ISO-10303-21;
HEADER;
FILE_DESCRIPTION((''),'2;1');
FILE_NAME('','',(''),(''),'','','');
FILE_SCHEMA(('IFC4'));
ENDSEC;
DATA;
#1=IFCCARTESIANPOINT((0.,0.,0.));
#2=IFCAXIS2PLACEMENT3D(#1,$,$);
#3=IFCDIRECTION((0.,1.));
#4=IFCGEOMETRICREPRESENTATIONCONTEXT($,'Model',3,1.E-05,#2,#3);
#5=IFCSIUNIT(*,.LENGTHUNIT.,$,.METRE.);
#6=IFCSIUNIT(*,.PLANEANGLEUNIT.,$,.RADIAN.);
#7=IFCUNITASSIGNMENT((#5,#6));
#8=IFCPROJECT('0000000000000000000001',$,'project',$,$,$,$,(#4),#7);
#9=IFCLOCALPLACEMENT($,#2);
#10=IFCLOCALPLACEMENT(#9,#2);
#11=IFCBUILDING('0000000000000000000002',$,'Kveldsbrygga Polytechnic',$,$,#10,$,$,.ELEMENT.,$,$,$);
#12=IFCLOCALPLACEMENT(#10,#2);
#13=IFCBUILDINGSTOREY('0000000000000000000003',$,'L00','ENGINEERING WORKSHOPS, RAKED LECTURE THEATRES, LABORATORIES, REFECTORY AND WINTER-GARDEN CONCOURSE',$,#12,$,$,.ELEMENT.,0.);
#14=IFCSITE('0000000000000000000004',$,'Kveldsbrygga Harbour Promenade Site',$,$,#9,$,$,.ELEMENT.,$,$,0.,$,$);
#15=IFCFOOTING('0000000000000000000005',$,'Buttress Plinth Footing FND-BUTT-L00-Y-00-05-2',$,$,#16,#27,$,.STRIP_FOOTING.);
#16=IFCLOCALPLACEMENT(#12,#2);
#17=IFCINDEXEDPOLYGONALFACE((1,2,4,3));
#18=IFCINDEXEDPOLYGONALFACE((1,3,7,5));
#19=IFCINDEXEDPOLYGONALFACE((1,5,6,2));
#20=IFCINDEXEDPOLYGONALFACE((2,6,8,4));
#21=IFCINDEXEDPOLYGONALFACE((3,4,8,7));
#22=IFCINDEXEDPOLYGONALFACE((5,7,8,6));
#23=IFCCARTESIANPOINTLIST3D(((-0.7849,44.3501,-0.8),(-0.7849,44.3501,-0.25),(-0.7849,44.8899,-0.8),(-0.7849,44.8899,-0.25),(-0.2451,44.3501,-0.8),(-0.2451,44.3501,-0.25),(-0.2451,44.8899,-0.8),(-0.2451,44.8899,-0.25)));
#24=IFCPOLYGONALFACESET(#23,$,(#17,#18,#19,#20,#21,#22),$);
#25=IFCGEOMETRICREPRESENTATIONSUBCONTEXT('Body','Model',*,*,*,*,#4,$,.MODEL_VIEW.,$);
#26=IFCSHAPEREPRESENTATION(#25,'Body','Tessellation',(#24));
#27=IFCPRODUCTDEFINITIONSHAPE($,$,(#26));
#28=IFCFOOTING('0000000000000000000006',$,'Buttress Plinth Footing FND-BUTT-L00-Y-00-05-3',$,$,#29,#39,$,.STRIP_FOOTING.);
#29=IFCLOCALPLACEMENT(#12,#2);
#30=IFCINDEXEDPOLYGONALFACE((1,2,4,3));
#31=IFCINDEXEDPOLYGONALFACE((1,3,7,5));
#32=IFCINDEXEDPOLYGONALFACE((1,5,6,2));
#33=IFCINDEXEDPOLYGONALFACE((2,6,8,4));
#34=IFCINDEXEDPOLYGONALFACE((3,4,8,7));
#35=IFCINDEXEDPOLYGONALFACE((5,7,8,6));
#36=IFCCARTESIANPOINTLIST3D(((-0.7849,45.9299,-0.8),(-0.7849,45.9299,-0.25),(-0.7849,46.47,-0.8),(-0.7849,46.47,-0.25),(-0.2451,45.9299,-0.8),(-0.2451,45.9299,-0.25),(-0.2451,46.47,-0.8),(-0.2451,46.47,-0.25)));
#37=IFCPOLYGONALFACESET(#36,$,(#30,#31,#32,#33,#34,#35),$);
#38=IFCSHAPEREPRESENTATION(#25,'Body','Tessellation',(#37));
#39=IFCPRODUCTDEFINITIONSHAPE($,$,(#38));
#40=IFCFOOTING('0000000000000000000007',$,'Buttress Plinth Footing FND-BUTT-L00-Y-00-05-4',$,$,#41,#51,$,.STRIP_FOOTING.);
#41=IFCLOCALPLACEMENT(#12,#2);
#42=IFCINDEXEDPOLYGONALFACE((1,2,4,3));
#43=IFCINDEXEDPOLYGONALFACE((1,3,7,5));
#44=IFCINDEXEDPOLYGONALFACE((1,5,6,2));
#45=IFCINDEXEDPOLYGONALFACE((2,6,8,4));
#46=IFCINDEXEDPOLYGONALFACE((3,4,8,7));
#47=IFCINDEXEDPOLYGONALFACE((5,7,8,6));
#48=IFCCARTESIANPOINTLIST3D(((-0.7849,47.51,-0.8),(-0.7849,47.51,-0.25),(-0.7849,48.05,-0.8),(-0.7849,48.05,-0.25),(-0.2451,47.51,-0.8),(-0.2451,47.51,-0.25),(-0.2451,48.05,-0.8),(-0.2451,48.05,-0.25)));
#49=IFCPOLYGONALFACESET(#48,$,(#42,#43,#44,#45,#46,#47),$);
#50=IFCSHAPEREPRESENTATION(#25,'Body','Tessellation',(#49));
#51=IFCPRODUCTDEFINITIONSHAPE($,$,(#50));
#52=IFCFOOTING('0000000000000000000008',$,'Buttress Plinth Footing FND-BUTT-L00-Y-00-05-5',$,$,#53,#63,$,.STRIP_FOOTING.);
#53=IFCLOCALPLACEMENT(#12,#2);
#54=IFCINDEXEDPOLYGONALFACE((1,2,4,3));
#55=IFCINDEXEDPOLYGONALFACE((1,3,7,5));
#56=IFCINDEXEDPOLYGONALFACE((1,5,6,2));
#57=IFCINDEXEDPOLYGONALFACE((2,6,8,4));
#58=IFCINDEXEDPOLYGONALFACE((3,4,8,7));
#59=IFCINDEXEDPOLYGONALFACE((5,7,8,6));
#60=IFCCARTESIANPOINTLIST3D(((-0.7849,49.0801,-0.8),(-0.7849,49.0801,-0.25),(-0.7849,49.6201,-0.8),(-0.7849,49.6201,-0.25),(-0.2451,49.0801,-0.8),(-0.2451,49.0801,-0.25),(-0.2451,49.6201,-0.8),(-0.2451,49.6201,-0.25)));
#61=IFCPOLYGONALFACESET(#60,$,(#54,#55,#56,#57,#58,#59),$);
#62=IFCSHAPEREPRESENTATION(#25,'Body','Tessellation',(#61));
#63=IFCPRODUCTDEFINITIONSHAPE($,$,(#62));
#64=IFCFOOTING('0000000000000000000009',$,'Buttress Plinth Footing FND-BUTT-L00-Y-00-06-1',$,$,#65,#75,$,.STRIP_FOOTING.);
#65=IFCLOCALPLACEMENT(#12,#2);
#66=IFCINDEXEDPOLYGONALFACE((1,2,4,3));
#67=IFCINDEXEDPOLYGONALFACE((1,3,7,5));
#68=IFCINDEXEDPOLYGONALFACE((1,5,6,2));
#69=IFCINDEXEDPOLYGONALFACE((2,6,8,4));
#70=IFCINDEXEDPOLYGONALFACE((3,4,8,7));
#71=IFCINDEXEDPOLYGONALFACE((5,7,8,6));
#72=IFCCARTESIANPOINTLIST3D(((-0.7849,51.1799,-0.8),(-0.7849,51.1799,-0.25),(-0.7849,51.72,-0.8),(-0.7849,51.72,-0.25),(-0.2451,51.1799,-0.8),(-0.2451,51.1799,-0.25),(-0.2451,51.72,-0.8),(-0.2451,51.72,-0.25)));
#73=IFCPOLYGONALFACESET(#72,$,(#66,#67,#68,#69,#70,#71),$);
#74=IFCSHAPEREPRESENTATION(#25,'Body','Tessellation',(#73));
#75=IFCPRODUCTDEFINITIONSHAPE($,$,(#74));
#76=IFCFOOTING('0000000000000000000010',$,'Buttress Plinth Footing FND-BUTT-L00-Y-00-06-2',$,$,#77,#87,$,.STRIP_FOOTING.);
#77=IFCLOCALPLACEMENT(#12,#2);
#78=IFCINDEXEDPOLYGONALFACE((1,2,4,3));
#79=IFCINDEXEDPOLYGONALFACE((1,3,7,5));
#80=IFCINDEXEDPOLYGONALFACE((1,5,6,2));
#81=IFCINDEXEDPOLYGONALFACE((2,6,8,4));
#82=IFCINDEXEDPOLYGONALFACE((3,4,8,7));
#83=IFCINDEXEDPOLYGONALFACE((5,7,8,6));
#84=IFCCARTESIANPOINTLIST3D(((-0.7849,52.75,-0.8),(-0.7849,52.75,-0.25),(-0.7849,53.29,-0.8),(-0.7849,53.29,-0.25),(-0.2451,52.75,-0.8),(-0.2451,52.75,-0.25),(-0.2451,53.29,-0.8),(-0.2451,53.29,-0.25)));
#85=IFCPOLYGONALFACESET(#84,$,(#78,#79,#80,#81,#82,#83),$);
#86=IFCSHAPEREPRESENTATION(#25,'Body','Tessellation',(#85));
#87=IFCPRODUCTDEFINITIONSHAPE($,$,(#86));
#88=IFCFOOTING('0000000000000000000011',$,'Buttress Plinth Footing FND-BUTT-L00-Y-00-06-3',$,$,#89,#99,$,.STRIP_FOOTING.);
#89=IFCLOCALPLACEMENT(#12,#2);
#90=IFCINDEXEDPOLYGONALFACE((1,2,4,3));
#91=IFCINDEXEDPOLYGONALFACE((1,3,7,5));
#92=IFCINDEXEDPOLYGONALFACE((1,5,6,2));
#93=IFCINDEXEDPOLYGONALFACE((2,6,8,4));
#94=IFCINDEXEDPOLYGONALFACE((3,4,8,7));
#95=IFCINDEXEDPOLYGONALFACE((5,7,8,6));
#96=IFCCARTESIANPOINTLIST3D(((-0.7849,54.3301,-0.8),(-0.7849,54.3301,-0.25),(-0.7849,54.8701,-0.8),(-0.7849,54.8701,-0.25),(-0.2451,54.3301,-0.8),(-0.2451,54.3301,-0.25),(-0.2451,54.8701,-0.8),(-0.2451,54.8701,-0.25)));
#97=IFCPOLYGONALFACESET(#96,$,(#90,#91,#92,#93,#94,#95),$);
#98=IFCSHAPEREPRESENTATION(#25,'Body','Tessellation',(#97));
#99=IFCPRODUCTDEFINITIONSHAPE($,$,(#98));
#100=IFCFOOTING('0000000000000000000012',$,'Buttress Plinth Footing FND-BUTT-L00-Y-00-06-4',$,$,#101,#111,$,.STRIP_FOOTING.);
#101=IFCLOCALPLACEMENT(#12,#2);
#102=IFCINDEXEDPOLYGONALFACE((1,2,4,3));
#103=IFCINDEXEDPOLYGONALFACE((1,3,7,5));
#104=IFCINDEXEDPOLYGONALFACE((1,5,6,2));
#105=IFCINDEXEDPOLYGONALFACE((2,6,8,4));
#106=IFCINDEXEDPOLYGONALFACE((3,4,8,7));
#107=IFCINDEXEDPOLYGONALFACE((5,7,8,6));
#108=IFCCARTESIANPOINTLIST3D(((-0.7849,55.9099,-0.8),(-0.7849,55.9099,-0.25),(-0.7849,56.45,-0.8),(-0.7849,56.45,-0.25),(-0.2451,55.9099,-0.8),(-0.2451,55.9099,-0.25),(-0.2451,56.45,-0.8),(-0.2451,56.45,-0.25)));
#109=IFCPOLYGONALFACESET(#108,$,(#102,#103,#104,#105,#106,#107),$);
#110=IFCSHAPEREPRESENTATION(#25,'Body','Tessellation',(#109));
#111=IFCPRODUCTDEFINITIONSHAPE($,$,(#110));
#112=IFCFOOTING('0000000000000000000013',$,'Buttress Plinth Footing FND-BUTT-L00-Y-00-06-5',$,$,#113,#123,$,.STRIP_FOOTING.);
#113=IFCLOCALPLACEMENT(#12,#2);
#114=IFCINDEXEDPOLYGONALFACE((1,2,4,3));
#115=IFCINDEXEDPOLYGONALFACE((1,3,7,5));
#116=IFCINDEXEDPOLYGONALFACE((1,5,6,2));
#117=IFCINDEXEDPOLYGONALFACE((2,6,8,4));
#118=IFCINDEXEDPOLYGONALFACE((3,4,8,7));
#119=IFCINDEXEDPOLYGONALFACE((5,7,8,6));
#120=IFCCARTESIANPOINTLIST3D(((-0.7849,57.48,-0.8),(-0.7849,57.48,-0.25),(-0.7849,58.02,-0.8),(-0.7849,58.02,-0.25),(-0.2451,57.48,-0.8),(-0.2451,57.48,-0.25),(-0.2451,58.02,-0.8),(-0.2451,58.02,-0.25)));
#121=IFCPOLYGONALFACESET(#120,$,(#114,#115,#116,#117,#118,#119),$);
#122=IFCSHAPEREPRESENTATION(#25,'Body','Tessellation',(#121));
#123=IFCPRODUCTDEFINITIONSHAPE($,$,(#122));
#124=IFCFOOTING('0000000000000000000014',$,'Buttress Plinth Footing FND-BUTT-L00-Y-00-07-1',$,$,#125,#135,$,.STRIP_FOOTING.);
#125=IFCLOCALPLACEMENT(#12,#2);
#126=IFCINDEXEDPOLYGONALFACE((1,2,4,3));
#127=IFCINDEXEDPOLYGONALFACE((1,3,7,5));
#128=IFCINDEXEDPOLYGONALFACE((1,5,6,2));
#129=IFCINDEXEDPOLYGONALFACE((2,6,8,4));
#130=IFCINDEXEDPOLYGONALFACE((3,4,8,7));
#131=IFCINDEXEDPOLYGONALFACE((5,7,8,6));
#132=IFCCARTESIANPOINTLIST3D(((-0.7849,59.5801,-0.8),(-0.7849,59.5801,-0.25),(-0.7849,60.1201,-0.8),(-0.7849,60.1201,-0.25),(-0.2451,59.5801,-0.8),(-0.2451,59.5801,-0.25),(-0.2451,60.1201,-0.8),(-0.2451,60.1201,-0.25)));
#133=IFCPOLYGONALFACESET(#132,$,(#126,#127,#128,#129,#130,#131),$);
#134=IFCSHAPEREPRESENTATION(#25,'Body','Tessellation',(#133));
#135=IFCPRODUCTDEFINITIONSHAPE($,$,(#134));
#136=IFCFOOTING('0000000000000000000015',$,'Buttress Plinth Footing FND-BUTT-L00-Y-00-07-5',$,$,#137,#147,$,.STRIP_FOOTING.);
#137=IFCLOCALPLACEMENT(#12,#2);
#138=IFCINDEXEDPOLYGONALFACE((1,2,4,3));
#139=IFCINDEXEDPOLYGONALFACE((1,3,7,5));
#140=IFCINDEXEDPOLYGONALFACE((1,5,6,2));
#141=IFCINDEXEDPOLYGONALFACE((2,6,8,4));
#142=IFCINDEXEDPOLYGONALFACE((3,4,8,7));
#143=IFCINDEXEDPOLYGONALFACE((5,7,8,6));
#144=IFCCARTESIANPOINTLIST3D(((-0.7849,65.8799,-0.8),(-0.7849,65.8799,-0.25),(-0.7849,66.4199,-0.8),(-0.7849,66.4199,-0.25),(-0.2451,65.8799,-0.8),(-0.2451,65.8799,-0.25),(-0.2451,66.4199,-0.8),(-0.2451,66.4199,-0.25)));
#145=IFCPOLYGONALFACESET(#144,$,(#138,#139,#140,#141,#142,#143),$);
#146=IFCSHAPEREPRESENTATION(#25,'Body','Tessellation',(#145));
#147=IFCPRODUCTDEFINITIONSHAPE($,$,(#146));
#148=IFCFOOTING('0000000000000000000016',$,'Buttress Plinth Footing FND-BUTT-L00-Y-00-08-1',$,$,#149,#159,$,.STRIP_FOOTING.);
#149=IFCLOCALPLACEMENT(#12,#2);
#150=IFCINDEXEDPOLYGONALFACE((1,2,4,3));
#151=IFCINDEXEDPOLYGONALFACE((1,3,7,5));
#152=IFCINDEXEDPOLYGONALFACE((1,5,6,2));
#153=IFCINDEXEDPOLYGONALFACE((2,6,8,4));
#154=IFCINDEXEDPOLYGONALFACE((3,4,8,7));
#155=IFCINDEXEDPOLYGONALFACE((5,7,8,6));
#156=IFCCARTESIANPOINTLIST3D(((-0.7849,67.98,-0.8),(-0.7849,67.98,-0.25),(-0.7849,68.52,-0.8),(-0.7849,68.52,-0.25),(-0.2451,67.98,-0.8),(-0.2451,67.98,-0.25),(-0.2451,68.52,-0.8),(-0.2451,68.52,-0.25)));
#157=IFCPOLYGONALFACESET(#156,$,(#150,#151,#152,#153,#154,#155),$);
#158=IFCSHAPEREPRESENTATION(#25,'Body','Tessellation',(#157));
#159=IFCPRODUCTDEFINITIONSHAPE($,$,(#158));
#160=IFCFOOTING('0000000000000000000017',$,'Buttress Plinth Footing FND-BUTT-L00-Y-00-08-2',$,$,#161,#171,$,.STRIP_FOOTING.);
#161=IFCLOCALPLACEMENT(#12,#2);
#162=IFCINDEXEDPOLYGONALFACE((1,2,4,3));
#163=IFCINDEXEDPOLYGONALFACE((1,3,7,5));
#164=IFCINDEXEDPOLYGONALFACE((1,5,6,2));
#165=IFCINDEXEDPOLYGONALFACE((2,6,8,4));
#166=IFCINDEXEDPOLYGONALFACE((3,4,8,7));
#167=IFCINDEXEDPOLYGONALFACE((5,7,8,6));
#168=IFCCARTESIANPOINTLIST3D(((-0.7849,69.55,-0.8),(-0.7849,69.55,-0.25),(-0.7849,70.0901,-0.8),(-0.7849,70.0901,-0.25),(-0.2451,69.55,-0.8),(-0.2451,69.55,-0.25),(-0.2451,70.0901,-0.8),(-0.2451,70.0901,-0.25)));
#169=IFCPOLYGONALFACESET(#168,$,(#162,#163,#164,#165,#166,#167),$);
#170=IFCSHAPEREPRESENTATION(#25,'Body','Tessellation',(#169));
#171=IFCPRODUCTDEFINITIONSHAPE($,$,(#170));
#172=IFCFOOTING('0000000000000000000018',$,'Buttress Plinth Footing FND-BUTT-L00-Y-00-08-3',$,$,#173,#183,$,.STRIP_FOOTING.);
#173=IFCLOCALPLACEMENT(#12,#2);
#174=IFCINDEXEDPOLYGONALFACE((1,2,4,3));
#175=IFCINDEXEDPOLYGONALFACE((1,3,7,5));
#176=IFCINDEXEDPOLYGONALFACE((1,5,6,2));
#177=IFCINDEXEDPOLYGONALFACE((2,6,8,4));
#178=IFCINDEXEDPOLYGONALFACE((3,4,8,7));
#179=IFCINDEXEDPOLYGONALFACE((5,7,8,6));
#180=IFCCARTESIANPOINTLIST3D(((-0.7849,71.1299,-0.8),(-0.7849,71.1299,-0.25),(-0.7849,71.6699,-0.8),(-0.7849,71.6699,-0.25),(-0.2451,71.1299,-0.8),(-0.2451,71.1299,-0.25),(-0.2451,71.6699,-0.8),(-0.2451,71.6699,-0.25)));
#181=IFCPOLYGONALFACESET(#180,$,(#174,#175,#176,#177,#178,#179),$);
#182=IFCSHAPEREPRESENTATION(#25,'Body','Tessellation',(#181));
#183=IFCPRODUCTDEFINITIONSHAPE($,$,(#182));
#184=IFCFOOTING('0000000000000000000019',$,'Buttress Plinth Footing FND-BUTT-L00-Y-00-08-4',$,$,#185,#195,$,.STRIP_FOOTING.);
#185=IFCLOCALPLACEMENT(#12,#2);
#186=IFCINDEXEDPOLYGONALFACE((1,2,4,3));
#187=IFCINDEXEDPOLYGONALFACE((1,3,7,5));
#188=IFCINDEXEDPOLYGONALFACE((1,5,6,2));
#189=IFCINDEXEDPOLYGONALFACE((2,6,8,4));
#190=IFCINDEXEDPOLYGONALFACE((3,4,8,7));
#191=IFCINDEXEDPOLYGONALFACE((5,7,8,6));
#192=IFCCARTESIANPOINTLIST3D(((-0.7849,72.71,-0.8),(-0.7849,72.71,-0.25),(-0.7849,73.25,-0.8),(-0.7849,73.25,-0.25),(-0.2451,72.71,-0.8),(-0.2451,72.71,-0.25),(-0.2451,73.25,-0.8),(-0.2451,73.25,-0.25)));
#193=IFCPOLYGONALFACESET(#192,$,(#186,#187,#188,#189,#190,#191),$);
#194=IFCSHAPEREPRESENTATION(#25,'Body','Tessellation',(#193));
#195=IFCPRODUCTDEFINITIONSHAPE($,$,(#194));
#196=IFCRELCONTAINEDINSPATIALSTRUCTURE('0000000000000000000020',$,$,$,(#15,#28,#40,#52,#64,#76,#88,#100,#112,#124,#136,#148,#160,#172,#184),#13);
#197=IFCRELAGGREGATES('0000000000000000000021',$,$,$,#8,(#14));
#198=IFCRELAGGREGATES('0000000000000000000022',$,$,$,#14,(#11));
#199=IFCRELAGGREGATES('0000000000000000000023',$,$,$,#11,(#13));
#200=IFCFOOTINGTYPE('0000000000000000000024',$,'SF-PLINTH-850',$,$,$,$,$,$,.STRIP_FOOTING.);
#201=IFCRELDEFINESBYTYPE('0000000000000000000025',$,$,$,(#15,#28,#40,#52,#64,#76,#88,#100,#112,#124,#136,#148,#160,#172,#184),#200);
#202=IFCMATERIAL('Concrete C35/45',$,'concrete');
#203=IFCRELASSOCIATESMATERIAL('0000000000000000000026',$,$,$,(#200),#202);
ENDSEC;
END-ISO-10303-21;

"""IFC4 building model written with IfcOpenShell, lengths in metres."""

from ifc_helpers import new_model, si_unit, direction, frame, origin, place, context, subcontext, project, spatial, polyline, outline, extrude, material, type_object, element, save


model = new_model("IFC4")

# Units and contexts
model_context = context("Model", 3, precision=1e-05, world=origin(), true_north=direction((0.0, 1.0)))
body_context = subcontext(model_context, "Body", "Model", "MODEL_VIEW")
ifc_project = project(units=[si_unit("LENGTHUNIT", "METRE"), si_unit("PLANEANGLEUNIT", "RADIAN")], contexts=[model_context])

# Site, building, storey
site_placement = place(None, origin())
site = spatial("IfcSite", under=ifc_project, at=site_placement, Name="Kveldsbrygga Harbour Promenade Site", CompositionType="ELEMENT", RefElevation=0.0)
building_placement = place(site_placement, origin())
building = spatial("IfcBuilding", under=site, at=building_placement, Name="Kveldsbrygga Polytechnic", CompositionType="ELEMENT")
storey_placement = place(building_placement, origin())
storey = spatial("IfcBuildingStorey", under=building, at=storey_placement, Name="L00", Description="ENGINEERING WORKSHOPS, RAKED LECTURE THEATRES, LABORATORIES, REFECTORY AND WINTER-GARDEN CONCOURSE", CompositionType="ELEMENT", Elevation=0.0)

# Footings
ifc_material = material(Name="Concrete C35/45", Category="concrete")
footing_type_1 = type_object("IfcFootingType", Name="SF-PLINTH-850", PredefinedType="STRIP_FOOTING", material=ifc_material)
footing_1_placement = place(storey_placement, frame((0.0, 0.0, -0.8)))
element("IfcFooting", 1, at=footing_1_placement, inside=storey, type_object=footing_type_1, Name="Buttress Plinth Footing FND-BUTT-L00-Y-00-05-2", PredefinedType="STRIP_FOOTING", context=body_context, shape_type="SweptSolid", body=[
    extrude(outline(polyline([(-0.7849, 44.3501), (-0.2451, 44.3501), (-0.2451, 44.8899), (-0.7849, 44.8899), (-0.7849, 44.3501)])), origin(), (0.0, 0.0, 1.0), 0.55),
])
footing_2_placement = place(storey_placement, frame((0.0, 0.0, -0.8)))
element("IfcFooting", 2, at=footing_2_placement, inside=storey, type_object=footing_type_1, Name="Buttress Plinth Footing FND-BUTT-L00-Y-00-05-3", PredefinedType="STRIP_FOOTING", context=body_context, shape_type="SweptSolid", body=[
    extrude(outline(polyline([(-0.7849, 45.9299), (-0.2451, 45.9299), (-0.2451, 46.47), (-0.7849, 46.47), (-0.7849, 45.9299)])), origin(), (0.0, 0.0, 1.0), 0.55),
])
footing_3_placement = place(storey_placement, frame((0.0, 0.0, -0.8)))
element("IfcFooting", 3, at=footing_3_placement, inside=storey, type_object=footing_type_1, Name="Buttress Plinth Footing FND-BUTT-L00-Y-00-05-4", PredefinedType="STRIP_FOOTING", context=body_context, shape_type="SweptSolid", body=[
    extrude(outline(polyline([(-0.7849, 47.51), (-0.2451, 47.51), (-0.2451, 48.05), (-0.7849, 48.05), (-0.7849, 47.51)])), origin(), (0.0, 0.0, 1.0), 0.55),
])
footing_4_placement = place(storey_placement, frame((0.0, 0.0, -0.8)))
element("IfcFooting", 4, at=footing_4_placement, inside=storey, type_object=footing_type_1, Name="Buttress Plinth Footing FND-BUTT-L00-Y-00-05-5", PredefinedType="STRIP_FOOTING", context=body_context, shape_type="SweptSolid", body=[
    extrude(outline(polyline([(-0.7849, 49.0801), (-0.2451, 49.0801), (-0.2451, 49.6201), (-0.7849, 49.6201), (-0.7849, 49.0801)])), origin(), (0.0, 0.0, 1.0), 0.55),
])
footing_5_placement = place(storey_placement, frame((0.0, 0.0, -0.8)))
element("IfcFooting", 5, at=footing_5_placement, inside=storey, type_object=footing_type_1, Name="Buttress Plinth Footing FND-BUTT-L00-Y-00-06-1", PredefinedType="STRIP_FOOTING", context=body_context, shape_type="SweptSolid", body=[
    extrude(outline(polyline([(-0.7849, 51.1799), (-0.2451, 51.1799), (-0.2451, 51.72), (-0.7849, 51.72), (-0.7849, 51.1799)])), origin(), (0.0, 0.0, 1.0), 0.55),
])
footing_6_placement = place(storey_placement, frame((0.0, 0.0, -0.8)))
element("IfcFooting", 6, at=footing_6_placement, inside=storey, type_object=footing_type_1, Name="Buttress Plinth Footing FND-BUTT-L00-Y-00-06-2", PredefinedType="STRIP_FOOTING", context=body_context, shape_type="SweptSolid", body=[
    extrude(outline(polyline([(-0.7849, 52.75), (-0.2451, 52.75), (-0.2451, 53.29), (-0.7849, 53.29), (-0.7849, 52.75)])), origin(), (0.0, 0.0, 1.0), 0.55),
])
footing_7_placement = place(storey_placement, frame((0.0, 0.0, -0.8)))
element("IfcFooting", 7, at=footing_7_placement, inside=storey, type_object=footing_type_1, Name="Buttress Plinth Footing FND-BUTT-L00-Y-00-06-3", PredefinedType="STRIP_FOOTING", context=body_context, shape_type="SweptSolid", body=[
    extrude(outline(polyline([(-0.7849, 54.3301), (-0.2451, 54.3301), (-0.2451, 54.8701), (-0.7849, 54.8701), (-0.7849, 54.3301)])), origin(), (0.0, 0.0, 1.0), 0.55),
])
footing_8_placement = place(storey_placement, frame((0.0, 0.0, -0.8)))
element("IfcFooting", 8, at=footing_8_placement, inside=storey, type_object=footing_type_1, Name="Buttress Plinth Footing FND-BUTT-L00-Y-00-06-4", PredefinedType="STRIP_FOOTING", context=body_context, shape_type="SweptSolid", body=[
    extrude(outline(polyline([(-0.7849, 55.9099), (-0.2451, 55.9099), (-0.2451, 56.45), (-0.7849, 56.45), (-0.7849, 55.9099)])), origin(), (0.0, 0.0, 1.0), 0.55),
])
footing_9_placement = place(storey_placement, frame((0.0, 0.0, -0.8)))
element("IfcFooting", 9, at=footing_9_placement, inside=storey, type_object=footing_type_1, Name="Buttress Plinth Footing FND-BUTT-L00-Y-00-06-5", PredefinedType="STRIP_FOOTING", context=body_context, shape_type="SweptSolid", body=[
    extrude(outline(polyline([(-0.7849, 57.48), (-0.2451, 57.48), (-0.2451, 58.02), (-0.7849, 58.02), (-0.7849, 57.48)])), origin(), (0.0, 0.0, 1.0), 0.55),
])
footing_10_placement = place(storey_placement, frame((0.0, 0.0, -0.8)))
element("IfcFooting", 10, at=footing_10_placement, inside=storey, type_object=footing_type_1, Name="Buttress Plinth Footing FND-BUTT-L00-Y-00-07-1", PredefinedType="STRIP_FOOTING", context=body_context, shape_type="SweptSolid", body=[
    extrude(outline(polyline([(-0.7849, 59.5801), (-0.2451, 59.5801), (-0.2451, 60.1201), (-0.7849, 60.1201), (-0.7849, 59.5801)])), origin(), (0.0, 0.0, 1.0), 0.55),
])
footing_11_placement = place(storey_placement, frame((0.0, 0.0, -0.8)))
element("IfcFooting", 11, at=footing_11_placement, inside=storey, type_object=footing_type_1, Name="Buttress Plinth Footing FND-BUTT-L00-Y-00-07-5", PredefinedType="STRIP_FOOTING", context=body_context, shape_type="SweptSolid", body=[
    extrude(outline(polyline([(-0.7849, 65.8799), (-0.2451, 65.8799), (-0.2451, 66.4199), (-0.7849, 66.4199), (-0.7849, 65.8799)])), origin(), (0.0, 0.0, 1.0), 0.55),
])
footing_12_placement = place(storey_placement, frame((0.0, 0.0, -0.8)))
element("IfcFooting", 12, at=footing_12_placement, inside=storey, type_object=footing_type_1, Name="Buttress Plinth Footing FND-BUTT-L00-Y-00-08-1", PredefinedType="STRIP_FOOTING", context=body_context, shape_type="SweptSolid", body=[
    extrude(outline(polyline([(-0.7849, 67.98), (-0.2451, 67.98), (-0.2451, 68.52), (-0.7849, 68.52), (-0.7849, 67.98)])), origin(), (0.0, 0.0, 1.0), 0.55),
])
footing_13_placement = place(storey_placement, frame((0.0, 0.0, -0.8)))
element("IfcFooting", 13, at=footing_13_placement, inside=storey, type_object=footing_type_1, Name="Buttress Plinth Footing FND-BUTT-L00-Y-00-08-2", PredefinedType="STRIP_FOOTING", context=body_context, shape_type="SweptSolid", body=[
    extrude(outline(polyline([(-0.7849, 69.55), (-0.2451, 69.55), (-0.2451, 70.0901), (-0.7849, 70.0901), (-0.7849, 69.55)])), origin(), (0.0, 0.0, 1.0), 0.55),
])
footing_14_placement = place(storey_placement, frame((0.0, 0.0, -0.8)))
element("IfcFooting", 14, at=footing_14_placement, inside=storey, type_object=footing_type_1, Name="Buttress Plinth Footing FND-BUTT-L00-Y-00-08-3", PredefinedType="STRIP_FOOTING", context=body_context, shape_type="SweptSolid", body=[
    extrude(outline(polyline([(-0.7849, 71.1299), (-0.2451, 71.1299), (-0.2451, 71.6699), (-0.7849, 71.6699), (-0.7849, 71.1299)])), origin(), (0.0, 0.0, 1.0), 0.55),
])
footing_15_placement = place(storey_placement, frame((0.0, 0.0, -0.8)))
element("IfcFooting", 15, at=footing_15_placement, inside=storey, type_object=footing_type_1, Name="Buttress Plinth Footing FND-BUTT-L00-Y-00-08-4", PredefinedType="STRIP_FOOTING", context=body_context, shape_type="SweptSolid", body=[
    extrude(outline(polyline([(-0.7849, 72.71), (-0.2451, 72.71), (-0.2451, 73.25), (-0.7849, 73.25), (-0.7849, 72.71)])), origin(), (0.0, 0.0, 1.0), 0.55),
])

save(model, "model.ifc")
